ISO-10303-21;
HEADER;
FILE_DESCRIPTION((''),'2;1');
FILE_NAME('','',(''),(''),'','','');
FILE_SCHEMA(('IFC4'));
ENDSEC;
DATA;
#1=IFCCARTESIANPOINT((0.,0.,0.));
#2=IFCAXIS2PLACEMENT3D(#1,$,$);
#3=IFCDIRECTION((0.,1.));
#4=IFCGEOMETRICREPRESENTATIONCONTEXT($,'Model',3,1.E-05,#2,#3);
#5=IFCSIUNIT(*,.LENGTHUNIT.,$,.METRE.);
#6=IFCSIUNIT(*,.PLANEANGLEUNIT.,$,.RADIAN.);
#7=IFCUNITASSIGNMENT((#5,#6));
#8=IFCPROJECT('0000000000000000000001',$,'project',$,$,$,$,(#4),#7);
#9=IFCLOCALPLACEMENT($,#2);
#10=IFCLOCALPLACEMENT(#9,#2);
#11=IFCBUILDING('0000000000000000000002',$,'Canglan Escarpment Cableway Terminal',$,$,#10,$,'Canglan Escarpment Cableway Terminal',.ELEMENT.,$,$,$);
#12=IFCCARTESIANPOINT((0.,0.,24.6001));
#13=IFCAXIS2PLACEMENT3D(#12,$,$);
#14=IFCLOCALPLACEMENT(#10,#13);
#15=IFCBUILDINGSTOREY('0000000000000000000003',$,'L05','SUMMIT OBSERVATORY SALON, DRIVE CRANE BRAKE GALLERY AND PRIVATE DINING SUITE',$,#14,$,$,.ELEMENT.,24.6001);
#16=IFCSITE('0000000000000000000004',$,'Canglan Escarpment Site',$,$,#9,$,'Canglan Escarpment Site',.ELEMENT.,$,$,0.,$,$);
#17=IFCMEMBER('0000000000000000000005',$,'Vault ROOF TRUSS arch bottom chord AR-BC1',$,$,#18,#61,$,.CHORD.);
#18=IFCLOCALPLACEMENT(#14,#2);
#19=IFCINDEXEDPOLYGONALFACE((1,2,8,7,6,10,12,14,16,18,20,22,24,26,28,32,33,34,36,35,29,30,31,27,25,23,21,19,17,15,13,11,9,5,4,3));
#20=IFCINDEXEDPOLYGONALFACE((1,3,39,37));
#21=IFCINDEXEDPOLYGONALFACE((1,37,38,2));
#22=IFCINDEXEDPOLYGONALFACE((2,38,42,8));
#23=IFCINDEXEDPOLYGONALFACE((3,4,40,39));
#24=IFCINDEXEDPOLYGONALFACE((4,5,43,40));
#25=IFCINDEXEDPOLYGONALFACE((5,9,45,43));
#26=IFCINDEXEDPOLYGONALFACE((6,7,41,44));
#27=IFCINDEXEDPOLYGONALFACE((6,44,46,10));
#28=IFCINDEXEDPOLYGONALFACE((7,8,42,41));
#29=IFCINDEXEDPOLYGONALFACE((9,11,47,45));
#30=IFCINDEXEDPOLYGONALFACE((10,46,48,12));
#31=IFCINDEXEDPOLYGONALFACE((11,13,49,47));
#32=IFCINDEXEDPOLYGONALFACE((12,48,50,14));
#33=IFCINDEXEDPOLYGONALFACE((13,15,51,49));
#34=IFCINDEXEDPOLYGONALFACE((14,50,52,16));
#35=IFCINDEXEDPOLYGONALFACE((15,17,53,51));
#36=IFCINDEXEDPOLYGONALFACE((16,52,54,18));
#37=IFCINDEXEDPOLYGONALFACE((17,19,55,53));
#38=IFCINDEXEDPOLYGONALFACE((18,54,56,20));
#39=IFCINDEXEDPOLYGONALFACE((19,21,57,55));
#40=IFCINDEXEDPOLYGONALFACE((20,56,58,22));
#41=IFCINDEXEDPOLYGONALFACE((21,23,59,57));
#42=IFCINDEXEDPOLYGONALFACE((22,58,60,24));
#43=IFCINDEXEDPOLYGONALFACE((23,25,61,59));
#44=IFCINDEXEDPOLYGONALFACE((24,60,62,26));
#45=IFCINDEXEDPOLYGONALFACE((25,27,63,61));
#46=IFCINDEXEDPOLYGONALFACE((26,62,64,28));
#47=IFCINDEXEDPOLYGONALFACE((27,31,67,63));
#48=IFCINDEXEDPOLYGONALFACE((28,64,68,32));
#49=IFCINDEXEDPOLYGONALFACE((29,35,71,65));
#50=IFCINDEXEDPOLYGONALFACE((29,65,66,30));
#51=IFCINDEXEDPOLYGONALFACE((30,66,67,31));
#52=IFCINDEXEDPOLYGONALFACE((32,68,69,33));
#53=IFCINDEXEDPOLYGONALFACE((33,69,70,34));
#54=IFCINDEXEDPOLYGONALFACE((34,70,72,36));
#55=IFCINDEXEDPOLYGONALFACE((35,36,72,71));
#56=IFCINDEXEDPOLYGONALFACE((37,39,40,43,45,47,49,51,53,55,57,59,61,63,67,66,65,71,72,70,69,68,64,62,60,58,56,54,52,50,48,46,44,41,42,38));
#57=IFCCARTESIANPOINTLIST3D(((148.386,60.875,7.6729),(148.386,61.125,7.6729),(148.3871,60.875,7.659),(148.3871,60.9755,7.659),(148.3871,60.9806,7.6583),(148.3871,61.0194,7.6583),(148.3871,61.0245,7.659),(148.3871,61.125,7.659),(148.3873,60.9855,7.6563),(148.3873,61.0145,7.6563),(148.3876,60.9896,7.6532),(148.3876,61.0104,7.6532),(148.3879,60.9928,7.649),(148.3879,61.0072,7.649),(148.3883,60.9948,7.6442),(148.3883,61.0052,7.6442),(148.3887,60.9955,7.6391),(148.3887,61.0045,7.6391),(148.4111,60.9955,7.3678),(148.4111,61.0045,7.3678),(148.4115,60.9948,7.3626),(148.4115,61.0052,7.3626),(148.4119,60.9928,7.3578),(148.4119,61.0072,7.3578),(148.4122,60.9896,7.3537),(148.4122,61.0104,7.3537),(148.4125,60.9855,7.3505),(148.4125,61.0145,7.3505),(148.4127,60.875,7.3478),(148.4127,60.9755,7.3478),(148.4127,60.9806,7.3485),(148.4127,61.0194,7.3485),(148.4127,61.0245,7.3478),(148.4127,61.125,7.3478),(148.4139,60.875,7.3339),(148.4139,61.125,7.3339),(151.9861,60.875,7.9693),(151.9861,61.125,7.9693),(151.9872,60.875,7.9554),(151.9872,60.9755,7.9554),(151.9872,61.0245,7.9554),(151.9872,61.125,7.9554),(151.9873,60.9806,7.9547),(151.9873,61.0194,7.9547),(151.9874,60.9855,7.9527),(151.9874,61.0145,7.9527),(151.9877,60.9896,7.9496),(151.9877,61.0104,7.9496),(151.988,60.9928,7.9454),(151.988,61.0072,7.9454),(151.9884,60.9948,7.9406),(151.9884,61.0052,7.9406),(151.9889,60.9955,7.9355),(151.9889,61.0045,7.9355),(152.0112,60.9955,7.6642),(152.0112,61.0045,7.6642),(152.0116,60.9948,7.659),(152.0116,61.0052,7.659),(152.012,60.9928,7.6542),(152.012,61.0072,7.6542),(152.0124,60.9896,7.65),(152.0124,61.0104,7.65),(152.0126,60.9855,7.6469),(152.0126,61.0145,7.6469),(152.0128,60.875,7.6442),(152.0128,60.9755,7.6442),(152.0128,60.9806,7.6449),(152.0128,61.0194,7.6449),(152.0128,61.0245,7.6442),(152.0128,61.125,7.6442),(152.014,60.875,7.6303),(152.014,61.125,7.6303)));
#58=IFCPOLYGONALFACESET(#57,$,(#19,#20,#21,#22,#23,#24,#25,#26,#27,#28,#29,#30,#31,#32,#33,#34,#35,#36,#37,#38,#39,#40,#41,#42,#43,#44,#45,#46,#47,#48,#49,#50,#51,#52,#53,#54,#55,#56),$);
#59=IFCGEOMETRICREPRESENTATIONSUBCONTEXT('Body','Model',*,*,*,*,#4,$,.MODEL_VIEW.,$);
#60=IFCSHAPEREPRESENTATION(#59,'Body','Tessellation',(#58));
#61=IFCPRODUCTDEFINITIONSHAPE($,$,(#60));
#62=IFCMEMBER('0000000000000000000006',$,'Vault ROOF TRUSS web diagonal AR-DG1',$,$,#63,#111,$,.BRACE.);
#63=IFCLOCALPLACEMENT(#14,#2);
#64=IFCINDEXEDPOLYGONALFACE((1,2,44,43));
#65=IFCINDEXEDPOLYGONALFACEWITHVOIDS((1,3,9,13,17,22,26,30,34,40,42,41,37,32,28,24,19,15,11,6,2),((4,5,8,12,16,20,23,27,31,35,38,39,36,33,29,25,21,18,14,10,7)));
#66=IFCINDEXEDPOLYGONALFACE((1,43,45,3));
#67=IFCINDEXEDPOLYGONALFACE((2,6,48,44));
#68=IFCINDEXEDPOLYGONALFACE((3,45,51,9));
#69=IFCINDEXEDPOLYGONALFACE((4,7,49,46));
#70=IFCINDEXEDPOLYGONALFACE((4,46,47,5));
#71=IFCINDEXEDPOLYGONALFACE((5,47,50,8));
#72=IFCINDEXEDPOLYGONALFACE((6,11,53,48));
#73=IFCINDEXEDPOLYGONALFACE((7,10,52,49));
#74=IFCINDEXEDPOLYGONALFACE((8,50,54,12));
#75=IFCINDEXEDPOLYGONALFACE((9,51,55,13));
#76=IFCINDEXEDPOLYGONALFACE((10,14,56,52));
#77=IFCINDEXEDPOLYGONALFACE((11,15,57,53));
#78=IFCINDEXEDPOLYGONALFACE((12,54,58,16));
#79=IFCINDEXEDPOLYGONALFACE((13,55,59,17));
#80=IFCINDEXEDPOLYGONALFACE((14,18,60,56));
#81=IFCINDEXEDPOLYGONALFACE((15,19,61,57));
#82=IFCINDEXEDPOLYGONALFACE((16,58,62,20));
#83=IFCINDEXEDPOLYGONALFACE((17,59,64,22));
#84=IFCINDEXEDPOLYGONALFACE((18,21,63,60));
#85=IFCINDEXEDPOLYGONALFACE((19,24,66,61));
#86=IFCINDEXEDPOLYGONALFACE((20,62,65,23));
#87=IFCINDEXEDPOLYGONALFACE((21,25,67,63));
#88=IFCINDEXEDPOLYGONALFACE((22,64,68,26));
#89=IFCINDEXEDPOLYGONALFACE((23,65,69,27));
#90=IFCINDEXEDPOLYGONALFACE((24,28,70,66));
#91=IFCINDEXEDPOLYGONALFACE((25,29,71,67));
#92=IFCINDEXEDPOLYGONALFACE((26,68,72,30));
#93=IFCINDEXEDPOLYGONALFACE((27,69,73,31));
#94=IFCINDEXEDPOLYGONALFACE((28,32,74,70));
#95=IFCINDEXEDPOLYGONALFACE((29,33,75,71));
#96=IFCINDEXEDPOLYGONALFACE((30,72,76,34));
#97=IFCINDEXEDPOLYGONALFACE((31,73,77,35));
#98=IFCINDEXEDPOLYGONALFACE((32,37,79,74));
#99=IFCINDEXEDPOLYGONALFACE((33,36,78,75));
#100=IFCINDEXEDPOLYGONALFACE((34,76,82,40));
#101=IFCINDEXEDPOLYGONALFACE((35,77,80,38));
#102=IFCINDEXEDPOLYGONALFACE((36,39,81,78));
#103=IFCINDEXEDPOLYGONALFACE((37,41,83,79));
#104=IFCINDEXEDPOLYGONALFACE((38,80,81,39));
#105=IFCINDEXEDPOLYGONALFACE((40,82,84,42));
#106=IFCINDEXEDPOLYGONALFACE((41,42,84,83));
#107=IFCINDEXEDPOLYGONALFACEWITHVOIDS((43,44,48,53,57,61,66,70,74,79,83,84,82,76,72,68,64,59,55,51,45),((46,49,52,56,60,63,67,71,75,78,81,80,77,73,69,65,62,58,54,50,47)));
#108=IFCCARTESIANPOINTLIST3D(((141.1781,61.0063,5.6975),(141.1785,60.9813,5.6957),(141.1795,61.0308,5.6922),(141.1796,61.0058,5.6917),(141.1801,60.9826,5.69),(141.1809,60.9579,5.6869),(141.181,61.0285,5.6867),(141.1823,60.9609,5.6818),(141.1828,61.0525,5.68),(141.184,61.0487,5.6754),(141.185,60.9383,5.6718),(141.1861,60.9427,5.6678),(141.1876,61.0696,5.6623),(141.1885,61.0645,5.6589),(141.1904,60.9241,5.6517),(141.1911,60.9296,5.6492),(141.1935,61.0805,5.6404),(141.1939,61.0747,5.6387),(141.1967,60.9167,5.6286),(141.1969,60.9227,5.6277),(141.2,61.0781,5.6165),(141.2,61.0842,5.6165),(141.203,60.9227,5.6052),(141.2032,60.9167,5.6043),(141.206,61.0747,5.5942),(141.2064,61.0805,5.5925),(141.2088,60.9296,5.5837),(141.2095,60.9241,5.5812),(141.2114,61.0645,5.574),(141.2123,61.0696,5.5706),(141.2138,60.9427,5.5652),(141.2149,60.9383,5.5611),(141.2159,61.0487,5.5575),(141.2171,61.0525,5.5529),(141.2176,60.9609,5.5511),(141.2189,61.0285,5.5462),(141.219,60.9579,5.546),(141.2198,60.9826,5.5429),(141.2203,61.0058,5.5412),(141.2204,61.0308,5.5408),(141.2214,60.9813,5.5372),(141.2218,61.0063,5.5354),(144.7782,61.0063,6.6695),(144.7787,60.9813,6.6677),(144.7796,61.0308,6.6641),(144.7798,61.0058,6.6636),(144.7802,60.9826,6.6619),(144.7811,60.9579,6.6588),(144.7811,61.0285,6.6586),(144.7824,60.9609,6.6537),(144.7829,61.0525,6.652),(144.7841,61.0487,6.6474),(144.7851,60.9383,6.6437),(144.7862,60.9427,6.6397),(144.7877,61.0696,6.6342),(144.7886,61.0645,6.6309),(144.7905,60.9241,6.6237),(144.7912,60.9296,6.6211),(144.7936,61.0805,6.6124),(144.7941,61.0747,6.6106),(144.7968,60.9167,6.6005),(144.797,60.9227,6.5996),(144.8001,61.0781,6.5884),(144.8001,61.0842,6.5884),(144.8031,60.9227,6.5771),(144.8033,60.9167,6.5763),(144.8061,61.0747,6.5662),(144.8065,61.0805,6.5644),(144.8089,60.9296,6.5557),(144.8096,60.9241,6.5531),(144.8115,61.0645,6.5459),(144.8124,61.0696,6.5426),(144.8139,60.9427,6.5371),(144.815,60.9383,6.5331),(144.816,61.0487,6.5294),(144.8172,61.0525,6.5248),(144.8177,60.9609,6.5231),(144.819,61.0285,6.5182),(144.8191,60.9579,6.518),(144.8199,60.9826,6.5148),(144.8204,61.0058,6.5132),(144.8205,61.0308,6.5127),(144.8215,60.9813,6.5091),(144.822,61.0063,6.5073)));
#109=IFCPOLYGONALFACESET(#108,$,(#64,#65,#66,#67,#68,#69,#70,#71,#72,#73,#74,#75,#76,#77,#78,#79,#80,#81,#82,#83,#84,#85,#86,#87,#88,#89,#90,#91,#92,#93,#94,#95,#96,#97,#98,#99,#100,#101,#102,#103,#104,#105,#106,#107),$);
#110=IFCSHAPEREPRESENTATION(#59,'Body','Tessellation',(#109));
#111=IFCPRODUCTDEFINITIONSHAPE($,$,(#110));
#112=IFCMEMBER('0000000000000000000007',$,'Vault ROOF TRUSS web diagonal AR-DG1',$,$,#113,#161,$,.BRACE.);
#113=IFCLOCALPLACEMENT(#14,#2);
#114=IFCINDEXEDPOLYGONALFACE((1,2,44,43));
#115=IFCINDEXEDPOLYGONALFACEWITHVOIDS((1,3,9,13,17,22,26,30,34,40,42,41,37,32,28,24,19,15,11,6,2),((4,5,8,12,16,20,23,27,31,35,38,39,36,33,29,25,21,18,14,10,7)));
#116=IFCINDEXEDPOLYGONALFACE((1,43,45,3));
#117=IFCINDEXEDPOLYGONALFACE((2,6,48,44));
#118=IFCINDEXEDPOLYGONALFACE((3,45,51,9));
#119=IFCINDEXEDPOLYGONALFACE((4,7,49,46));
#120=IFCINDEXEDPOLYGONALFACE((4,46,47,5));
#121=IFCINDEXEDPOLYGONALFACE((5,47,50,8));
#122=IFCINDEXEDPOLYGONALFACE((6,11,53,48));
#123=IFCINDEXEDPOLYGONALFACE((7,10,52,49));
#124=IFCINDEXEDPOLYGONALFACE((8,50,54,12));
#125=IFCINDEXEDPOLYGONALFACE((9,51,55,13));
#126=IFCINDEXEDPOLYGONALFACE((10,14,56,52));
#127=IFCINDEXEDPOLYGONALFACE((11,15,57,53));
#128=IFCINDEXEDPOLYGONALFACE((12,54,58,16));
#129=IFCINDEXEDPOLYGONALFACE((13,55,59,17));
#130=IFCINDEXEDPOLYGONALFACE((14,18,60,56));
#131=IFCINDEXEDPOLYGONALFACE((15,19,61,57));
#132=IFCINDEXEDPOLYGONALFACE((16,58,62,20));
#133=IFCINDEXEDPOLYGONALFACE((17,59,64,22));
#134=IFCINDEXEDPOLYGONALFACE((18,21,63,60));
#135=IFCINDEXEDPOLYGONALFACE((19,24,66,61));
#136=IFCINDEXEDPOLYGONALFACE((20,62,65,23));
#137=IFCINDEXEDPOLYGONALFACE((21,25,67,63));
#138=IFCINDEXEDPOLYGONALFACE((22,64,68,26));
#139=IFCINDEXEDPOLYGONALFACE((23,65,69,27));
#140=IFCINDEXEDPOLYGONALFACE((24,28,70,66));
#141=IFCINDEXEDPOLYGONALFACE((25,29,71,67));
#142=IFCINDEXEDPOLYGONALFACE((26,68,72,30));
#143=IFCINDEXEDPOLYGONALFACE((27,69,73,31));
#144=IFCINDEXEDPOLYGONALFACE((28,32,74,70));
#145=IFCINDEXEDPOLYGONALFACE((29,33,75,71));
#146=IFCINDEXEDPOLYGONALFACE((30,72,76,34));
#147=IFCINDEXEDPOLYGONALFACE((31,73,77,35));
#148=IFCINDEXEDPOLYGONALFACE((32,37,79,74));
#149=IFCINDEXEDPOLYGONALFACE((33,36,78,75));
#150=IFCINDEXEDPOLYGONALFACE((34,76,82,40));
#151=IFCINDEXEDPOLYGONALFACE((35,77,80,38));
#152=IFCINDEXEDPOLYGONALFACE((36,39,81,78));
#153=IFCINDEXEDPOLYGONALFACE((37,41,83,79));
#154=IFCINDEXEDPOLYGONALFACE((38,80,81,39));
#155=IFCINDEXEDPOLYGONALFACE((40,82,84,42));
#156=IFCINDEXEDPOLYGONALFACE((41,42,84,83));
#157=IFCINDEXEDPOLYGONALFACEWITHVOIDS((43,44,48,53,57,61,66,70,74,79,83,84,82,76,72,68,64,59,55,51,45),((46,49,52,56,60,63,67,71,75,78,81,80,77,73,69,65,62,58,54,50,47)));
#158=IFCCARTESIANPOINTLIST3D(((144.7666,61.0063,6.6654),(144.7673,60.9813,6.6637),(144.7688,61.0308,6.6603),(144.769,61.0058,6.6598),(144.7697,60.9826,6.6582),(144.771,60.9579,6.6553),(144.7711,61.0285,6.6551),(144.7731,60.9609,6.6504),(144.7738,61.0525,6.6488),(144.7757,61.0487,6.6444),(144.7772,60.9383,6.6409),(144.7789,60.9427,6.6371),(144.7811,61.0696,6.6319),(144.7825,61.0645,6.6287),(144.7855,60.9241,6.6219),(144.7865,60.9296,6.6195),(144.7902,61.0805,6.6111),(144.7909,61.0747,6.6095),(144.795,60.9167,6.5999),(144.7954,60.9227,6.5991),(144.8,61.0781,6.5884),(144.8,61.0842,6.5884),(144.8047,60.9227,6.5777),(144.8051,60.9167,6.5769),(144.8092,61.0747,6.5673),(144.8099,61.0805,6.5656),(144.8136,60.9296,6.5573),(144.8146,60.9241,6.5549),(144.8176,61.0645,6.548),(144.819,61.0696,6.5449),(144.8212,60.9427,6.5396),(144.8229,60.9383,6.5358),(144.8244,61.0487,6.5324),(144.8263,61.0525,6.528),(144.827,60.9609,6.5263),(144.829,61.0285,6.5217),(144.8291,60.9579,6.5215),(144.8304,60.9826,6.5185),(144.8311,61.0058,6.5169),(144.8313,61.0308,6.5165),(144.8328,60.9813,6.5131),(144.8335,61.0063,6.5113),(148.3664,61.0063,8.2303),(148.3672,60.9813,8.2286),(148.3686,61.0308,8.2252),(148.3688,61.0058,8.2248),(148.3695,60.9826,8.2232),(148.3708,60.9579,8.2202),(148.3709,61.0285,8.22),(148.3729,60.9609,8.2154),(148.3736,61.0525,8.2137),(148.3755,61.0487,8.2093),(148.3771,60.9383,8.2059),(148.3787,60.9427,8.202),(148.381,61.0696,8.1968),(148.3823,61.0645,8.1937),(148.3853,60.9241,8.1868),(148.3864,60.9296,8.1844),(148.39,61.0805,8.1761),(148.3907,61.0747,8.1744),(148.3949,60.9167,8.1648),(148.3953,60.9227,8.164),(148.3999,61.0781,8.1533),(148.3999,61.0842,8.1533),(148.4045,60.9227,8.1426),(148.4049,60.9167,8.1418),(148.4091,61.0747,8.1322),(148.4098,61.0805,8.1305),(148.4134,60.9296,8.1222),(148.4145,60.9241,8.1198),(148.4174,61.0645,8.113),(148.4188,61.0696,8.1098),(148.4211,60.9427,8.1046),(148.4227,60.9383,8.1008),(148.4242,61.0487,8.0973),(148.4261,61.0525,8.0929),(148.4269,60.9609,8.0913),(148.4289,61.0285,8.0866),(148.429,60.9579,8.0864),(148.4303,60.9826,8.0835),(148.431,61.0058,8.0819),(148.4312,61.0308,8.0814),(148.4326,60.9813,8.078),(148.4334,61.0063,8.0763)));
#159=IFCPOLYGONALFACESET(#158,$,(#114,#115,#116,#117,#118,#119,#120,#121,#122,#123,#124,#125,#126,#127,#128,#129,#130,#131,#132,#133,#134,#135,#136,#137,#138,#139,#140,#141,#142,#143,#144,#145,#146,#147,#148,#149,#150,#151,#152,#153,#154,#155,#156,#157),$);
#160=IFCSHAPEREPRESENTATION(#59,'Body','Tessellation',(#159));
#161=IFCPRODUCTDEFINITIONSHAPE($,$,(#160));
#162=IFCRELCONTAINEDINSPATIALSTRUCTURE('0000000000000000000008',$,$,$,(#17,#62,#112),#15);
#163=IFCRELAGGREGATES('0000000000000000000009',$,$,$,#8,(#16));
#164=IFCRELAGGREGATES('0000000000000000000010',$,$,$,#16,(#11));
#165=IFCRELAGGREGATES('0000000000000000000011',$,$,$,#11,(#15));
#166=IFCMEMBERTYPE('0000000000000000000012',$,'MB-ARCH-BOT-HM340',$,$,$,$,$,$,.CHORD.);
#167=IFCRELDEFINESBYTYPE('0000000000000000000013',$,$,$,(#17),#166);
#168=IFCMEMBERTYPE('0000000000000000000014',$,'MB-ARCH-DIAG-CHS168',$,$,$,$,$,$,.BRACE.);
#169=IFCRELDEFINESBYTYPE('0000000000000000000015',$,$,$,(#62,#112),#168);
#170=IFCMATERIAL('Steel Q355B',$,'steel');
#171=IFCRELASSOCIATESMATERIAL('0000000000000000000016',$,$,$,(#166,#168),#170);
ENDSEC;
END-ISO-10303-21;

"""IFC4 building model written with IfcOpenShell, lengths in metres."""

from ifc_helpers import new_model, si_unit, direction, frame, origin, origin_2d, place, context, subcontext, project, spatial, hollow_circle, i_section, extrude, material, material_profile, profile_set, type_object, element, save


model = new_model("IFC4")

# Units and contexts
model_context = context("Model", 3, precision=1e-05, world=origin(), true_north=direction((0.0, 1.0)))
body_context = subcontext(model_context, "Body", "Model", "MODEL_VIEW")
ifc_project = project(units=[si_unit("LENGTHUNIT", "METRE"), si_unit("PLANEANGLEUNIT", "RADIAN")], contexts=[model_context])

# Site, building, storey
site_placement = place(None, origin())
site = spatial("IfcSite", under=ifc_project, at=site_placement, Name="Canglan Escarpment Site", LongName="Canglan Escarpment Site", CompositionType="ELEMENT", RefElevation=0.0)
building_placement = place(site_placement, origin())
building = spatial("IfcBuilding", under=site, at=building_placement, Name="Canglan Escarpment Cableway Terminal", LongName="Canglan Escarpment Cableway Terminal", CompositionType="ELEMENT")
storey_placement = place(building_placement, frame((0.0, 0.0, 24.6001)))
storey = spatial("IfcBuildingStorey", under=building, at=storey_placement, Name="L05", Description="SUMMIT OBSERVATORY SALON, DRIVE CRANE BRAKE GALLERY AND PRIVATE DINING SUITE", CompositionType="ELEMENT", Elevation=24.6001)

# Shared definitions
ifc_material_1 = material(Name="Steel Q355B", Category="steel")

# Members
ifc_material_profile_1 = material_profile(ifc_material_1, i_section(OverallWidth=0.25, OverallDepth=0.3401, WebThickness=0.009, FlangeThickness=0.0139, FilletRadius=0.02, at=origin_2d()), Name="HM 340x250x9x14")
ifc_profile_set_1 = profile_set([ifc_material_profile_1], Name="Steel Q355B")
member_type_1 = type_object("IfcMemberType", Name="MB-ARCH-BOT-HM340", PredefinedType="CHORD", material=ifc_profile_set_1)
member_1_placement = place(storey_placement, frame((148.3999, 61.0, 7.5034), z_axis=(0.996628, 0.0, 0.08205), x_axis=(0.0, 1.0, 0.0)))
element("IfcMember", 1, at=member_1_placement, inside=storey, type_object=member_type_1, Name="Vault ROOF TRUSS arch bottom chord AR-BC1", PredefinedType="CHORD", context=body_context, shape_type="SweptSolid", body=[
    extrude(i_section(OverallWidth=0.25, OverallDepth=0.3401, WebThickness=0.009, FlangeThickness=0.0139, FilletRadius=0.02, at=origin_2d()), origin(), (0.0, 0.0, 1.0), 3.6123),
])
ifc_material_profile_2 = material_profile(ifc_material_1, hollow_circle(Radius=0.0842, WallThickness=0.0061, at=origin_2d()), Name="CHS 168.3x6")
ifc_profile_set_2 = profile_set([ifc_material_profile_2], Name="Steel Q355B")
member_type_2 = type_object("IfcMemberType", Name="MB-ARCH-DIAG-CHS168", PredefinedType="BRACE", material=ifc_profile_set_2)
member_2_placement = place(storey_placement, frame((141.2, 61.0, 5.6165), z_axis=(0.965436, 0.0, 0.26064), x_axis=(0.0, 1.0, 0.0)))
element("IfcMember", 2, at=member_2_placement, inside=storey, type_object=member_type_2, Name="Vault ROOF TRUSS web diagonal AR-DG1", PredefinedType="BRACE", context=body_context, shape_type="SweptSolid", body=[
    extrude(hollow_circle(Radius=0.0842, WallThickness=0.0061, at=origin_2d()), origin(), (0.0, 0.0, 1.0), 3.729),
])
member_3_placement = place(storey_placement, frame((144.8, 61.0, 6.5884), z_axis=(0.91709, 0.0, 0.398681), x_axis=(0.0, 1.0, 0.0)))
element("IfcMember", 3, at=member_3_placement, inside=storey, type_object=member_type_2, Name="Vault ROOF TRUSS web diagonal AR-DG1", PredefinedType="BRACE", context=body_context, shape_type="SweptSolid", body=[
    extrude(hollow_circle(Radius=0.0842, WallThickness=0.0061, at=origin_2d()), origin(), (0.0, 0.0, 1.0), 3.9253),
])

save(model, "model.ifc")
